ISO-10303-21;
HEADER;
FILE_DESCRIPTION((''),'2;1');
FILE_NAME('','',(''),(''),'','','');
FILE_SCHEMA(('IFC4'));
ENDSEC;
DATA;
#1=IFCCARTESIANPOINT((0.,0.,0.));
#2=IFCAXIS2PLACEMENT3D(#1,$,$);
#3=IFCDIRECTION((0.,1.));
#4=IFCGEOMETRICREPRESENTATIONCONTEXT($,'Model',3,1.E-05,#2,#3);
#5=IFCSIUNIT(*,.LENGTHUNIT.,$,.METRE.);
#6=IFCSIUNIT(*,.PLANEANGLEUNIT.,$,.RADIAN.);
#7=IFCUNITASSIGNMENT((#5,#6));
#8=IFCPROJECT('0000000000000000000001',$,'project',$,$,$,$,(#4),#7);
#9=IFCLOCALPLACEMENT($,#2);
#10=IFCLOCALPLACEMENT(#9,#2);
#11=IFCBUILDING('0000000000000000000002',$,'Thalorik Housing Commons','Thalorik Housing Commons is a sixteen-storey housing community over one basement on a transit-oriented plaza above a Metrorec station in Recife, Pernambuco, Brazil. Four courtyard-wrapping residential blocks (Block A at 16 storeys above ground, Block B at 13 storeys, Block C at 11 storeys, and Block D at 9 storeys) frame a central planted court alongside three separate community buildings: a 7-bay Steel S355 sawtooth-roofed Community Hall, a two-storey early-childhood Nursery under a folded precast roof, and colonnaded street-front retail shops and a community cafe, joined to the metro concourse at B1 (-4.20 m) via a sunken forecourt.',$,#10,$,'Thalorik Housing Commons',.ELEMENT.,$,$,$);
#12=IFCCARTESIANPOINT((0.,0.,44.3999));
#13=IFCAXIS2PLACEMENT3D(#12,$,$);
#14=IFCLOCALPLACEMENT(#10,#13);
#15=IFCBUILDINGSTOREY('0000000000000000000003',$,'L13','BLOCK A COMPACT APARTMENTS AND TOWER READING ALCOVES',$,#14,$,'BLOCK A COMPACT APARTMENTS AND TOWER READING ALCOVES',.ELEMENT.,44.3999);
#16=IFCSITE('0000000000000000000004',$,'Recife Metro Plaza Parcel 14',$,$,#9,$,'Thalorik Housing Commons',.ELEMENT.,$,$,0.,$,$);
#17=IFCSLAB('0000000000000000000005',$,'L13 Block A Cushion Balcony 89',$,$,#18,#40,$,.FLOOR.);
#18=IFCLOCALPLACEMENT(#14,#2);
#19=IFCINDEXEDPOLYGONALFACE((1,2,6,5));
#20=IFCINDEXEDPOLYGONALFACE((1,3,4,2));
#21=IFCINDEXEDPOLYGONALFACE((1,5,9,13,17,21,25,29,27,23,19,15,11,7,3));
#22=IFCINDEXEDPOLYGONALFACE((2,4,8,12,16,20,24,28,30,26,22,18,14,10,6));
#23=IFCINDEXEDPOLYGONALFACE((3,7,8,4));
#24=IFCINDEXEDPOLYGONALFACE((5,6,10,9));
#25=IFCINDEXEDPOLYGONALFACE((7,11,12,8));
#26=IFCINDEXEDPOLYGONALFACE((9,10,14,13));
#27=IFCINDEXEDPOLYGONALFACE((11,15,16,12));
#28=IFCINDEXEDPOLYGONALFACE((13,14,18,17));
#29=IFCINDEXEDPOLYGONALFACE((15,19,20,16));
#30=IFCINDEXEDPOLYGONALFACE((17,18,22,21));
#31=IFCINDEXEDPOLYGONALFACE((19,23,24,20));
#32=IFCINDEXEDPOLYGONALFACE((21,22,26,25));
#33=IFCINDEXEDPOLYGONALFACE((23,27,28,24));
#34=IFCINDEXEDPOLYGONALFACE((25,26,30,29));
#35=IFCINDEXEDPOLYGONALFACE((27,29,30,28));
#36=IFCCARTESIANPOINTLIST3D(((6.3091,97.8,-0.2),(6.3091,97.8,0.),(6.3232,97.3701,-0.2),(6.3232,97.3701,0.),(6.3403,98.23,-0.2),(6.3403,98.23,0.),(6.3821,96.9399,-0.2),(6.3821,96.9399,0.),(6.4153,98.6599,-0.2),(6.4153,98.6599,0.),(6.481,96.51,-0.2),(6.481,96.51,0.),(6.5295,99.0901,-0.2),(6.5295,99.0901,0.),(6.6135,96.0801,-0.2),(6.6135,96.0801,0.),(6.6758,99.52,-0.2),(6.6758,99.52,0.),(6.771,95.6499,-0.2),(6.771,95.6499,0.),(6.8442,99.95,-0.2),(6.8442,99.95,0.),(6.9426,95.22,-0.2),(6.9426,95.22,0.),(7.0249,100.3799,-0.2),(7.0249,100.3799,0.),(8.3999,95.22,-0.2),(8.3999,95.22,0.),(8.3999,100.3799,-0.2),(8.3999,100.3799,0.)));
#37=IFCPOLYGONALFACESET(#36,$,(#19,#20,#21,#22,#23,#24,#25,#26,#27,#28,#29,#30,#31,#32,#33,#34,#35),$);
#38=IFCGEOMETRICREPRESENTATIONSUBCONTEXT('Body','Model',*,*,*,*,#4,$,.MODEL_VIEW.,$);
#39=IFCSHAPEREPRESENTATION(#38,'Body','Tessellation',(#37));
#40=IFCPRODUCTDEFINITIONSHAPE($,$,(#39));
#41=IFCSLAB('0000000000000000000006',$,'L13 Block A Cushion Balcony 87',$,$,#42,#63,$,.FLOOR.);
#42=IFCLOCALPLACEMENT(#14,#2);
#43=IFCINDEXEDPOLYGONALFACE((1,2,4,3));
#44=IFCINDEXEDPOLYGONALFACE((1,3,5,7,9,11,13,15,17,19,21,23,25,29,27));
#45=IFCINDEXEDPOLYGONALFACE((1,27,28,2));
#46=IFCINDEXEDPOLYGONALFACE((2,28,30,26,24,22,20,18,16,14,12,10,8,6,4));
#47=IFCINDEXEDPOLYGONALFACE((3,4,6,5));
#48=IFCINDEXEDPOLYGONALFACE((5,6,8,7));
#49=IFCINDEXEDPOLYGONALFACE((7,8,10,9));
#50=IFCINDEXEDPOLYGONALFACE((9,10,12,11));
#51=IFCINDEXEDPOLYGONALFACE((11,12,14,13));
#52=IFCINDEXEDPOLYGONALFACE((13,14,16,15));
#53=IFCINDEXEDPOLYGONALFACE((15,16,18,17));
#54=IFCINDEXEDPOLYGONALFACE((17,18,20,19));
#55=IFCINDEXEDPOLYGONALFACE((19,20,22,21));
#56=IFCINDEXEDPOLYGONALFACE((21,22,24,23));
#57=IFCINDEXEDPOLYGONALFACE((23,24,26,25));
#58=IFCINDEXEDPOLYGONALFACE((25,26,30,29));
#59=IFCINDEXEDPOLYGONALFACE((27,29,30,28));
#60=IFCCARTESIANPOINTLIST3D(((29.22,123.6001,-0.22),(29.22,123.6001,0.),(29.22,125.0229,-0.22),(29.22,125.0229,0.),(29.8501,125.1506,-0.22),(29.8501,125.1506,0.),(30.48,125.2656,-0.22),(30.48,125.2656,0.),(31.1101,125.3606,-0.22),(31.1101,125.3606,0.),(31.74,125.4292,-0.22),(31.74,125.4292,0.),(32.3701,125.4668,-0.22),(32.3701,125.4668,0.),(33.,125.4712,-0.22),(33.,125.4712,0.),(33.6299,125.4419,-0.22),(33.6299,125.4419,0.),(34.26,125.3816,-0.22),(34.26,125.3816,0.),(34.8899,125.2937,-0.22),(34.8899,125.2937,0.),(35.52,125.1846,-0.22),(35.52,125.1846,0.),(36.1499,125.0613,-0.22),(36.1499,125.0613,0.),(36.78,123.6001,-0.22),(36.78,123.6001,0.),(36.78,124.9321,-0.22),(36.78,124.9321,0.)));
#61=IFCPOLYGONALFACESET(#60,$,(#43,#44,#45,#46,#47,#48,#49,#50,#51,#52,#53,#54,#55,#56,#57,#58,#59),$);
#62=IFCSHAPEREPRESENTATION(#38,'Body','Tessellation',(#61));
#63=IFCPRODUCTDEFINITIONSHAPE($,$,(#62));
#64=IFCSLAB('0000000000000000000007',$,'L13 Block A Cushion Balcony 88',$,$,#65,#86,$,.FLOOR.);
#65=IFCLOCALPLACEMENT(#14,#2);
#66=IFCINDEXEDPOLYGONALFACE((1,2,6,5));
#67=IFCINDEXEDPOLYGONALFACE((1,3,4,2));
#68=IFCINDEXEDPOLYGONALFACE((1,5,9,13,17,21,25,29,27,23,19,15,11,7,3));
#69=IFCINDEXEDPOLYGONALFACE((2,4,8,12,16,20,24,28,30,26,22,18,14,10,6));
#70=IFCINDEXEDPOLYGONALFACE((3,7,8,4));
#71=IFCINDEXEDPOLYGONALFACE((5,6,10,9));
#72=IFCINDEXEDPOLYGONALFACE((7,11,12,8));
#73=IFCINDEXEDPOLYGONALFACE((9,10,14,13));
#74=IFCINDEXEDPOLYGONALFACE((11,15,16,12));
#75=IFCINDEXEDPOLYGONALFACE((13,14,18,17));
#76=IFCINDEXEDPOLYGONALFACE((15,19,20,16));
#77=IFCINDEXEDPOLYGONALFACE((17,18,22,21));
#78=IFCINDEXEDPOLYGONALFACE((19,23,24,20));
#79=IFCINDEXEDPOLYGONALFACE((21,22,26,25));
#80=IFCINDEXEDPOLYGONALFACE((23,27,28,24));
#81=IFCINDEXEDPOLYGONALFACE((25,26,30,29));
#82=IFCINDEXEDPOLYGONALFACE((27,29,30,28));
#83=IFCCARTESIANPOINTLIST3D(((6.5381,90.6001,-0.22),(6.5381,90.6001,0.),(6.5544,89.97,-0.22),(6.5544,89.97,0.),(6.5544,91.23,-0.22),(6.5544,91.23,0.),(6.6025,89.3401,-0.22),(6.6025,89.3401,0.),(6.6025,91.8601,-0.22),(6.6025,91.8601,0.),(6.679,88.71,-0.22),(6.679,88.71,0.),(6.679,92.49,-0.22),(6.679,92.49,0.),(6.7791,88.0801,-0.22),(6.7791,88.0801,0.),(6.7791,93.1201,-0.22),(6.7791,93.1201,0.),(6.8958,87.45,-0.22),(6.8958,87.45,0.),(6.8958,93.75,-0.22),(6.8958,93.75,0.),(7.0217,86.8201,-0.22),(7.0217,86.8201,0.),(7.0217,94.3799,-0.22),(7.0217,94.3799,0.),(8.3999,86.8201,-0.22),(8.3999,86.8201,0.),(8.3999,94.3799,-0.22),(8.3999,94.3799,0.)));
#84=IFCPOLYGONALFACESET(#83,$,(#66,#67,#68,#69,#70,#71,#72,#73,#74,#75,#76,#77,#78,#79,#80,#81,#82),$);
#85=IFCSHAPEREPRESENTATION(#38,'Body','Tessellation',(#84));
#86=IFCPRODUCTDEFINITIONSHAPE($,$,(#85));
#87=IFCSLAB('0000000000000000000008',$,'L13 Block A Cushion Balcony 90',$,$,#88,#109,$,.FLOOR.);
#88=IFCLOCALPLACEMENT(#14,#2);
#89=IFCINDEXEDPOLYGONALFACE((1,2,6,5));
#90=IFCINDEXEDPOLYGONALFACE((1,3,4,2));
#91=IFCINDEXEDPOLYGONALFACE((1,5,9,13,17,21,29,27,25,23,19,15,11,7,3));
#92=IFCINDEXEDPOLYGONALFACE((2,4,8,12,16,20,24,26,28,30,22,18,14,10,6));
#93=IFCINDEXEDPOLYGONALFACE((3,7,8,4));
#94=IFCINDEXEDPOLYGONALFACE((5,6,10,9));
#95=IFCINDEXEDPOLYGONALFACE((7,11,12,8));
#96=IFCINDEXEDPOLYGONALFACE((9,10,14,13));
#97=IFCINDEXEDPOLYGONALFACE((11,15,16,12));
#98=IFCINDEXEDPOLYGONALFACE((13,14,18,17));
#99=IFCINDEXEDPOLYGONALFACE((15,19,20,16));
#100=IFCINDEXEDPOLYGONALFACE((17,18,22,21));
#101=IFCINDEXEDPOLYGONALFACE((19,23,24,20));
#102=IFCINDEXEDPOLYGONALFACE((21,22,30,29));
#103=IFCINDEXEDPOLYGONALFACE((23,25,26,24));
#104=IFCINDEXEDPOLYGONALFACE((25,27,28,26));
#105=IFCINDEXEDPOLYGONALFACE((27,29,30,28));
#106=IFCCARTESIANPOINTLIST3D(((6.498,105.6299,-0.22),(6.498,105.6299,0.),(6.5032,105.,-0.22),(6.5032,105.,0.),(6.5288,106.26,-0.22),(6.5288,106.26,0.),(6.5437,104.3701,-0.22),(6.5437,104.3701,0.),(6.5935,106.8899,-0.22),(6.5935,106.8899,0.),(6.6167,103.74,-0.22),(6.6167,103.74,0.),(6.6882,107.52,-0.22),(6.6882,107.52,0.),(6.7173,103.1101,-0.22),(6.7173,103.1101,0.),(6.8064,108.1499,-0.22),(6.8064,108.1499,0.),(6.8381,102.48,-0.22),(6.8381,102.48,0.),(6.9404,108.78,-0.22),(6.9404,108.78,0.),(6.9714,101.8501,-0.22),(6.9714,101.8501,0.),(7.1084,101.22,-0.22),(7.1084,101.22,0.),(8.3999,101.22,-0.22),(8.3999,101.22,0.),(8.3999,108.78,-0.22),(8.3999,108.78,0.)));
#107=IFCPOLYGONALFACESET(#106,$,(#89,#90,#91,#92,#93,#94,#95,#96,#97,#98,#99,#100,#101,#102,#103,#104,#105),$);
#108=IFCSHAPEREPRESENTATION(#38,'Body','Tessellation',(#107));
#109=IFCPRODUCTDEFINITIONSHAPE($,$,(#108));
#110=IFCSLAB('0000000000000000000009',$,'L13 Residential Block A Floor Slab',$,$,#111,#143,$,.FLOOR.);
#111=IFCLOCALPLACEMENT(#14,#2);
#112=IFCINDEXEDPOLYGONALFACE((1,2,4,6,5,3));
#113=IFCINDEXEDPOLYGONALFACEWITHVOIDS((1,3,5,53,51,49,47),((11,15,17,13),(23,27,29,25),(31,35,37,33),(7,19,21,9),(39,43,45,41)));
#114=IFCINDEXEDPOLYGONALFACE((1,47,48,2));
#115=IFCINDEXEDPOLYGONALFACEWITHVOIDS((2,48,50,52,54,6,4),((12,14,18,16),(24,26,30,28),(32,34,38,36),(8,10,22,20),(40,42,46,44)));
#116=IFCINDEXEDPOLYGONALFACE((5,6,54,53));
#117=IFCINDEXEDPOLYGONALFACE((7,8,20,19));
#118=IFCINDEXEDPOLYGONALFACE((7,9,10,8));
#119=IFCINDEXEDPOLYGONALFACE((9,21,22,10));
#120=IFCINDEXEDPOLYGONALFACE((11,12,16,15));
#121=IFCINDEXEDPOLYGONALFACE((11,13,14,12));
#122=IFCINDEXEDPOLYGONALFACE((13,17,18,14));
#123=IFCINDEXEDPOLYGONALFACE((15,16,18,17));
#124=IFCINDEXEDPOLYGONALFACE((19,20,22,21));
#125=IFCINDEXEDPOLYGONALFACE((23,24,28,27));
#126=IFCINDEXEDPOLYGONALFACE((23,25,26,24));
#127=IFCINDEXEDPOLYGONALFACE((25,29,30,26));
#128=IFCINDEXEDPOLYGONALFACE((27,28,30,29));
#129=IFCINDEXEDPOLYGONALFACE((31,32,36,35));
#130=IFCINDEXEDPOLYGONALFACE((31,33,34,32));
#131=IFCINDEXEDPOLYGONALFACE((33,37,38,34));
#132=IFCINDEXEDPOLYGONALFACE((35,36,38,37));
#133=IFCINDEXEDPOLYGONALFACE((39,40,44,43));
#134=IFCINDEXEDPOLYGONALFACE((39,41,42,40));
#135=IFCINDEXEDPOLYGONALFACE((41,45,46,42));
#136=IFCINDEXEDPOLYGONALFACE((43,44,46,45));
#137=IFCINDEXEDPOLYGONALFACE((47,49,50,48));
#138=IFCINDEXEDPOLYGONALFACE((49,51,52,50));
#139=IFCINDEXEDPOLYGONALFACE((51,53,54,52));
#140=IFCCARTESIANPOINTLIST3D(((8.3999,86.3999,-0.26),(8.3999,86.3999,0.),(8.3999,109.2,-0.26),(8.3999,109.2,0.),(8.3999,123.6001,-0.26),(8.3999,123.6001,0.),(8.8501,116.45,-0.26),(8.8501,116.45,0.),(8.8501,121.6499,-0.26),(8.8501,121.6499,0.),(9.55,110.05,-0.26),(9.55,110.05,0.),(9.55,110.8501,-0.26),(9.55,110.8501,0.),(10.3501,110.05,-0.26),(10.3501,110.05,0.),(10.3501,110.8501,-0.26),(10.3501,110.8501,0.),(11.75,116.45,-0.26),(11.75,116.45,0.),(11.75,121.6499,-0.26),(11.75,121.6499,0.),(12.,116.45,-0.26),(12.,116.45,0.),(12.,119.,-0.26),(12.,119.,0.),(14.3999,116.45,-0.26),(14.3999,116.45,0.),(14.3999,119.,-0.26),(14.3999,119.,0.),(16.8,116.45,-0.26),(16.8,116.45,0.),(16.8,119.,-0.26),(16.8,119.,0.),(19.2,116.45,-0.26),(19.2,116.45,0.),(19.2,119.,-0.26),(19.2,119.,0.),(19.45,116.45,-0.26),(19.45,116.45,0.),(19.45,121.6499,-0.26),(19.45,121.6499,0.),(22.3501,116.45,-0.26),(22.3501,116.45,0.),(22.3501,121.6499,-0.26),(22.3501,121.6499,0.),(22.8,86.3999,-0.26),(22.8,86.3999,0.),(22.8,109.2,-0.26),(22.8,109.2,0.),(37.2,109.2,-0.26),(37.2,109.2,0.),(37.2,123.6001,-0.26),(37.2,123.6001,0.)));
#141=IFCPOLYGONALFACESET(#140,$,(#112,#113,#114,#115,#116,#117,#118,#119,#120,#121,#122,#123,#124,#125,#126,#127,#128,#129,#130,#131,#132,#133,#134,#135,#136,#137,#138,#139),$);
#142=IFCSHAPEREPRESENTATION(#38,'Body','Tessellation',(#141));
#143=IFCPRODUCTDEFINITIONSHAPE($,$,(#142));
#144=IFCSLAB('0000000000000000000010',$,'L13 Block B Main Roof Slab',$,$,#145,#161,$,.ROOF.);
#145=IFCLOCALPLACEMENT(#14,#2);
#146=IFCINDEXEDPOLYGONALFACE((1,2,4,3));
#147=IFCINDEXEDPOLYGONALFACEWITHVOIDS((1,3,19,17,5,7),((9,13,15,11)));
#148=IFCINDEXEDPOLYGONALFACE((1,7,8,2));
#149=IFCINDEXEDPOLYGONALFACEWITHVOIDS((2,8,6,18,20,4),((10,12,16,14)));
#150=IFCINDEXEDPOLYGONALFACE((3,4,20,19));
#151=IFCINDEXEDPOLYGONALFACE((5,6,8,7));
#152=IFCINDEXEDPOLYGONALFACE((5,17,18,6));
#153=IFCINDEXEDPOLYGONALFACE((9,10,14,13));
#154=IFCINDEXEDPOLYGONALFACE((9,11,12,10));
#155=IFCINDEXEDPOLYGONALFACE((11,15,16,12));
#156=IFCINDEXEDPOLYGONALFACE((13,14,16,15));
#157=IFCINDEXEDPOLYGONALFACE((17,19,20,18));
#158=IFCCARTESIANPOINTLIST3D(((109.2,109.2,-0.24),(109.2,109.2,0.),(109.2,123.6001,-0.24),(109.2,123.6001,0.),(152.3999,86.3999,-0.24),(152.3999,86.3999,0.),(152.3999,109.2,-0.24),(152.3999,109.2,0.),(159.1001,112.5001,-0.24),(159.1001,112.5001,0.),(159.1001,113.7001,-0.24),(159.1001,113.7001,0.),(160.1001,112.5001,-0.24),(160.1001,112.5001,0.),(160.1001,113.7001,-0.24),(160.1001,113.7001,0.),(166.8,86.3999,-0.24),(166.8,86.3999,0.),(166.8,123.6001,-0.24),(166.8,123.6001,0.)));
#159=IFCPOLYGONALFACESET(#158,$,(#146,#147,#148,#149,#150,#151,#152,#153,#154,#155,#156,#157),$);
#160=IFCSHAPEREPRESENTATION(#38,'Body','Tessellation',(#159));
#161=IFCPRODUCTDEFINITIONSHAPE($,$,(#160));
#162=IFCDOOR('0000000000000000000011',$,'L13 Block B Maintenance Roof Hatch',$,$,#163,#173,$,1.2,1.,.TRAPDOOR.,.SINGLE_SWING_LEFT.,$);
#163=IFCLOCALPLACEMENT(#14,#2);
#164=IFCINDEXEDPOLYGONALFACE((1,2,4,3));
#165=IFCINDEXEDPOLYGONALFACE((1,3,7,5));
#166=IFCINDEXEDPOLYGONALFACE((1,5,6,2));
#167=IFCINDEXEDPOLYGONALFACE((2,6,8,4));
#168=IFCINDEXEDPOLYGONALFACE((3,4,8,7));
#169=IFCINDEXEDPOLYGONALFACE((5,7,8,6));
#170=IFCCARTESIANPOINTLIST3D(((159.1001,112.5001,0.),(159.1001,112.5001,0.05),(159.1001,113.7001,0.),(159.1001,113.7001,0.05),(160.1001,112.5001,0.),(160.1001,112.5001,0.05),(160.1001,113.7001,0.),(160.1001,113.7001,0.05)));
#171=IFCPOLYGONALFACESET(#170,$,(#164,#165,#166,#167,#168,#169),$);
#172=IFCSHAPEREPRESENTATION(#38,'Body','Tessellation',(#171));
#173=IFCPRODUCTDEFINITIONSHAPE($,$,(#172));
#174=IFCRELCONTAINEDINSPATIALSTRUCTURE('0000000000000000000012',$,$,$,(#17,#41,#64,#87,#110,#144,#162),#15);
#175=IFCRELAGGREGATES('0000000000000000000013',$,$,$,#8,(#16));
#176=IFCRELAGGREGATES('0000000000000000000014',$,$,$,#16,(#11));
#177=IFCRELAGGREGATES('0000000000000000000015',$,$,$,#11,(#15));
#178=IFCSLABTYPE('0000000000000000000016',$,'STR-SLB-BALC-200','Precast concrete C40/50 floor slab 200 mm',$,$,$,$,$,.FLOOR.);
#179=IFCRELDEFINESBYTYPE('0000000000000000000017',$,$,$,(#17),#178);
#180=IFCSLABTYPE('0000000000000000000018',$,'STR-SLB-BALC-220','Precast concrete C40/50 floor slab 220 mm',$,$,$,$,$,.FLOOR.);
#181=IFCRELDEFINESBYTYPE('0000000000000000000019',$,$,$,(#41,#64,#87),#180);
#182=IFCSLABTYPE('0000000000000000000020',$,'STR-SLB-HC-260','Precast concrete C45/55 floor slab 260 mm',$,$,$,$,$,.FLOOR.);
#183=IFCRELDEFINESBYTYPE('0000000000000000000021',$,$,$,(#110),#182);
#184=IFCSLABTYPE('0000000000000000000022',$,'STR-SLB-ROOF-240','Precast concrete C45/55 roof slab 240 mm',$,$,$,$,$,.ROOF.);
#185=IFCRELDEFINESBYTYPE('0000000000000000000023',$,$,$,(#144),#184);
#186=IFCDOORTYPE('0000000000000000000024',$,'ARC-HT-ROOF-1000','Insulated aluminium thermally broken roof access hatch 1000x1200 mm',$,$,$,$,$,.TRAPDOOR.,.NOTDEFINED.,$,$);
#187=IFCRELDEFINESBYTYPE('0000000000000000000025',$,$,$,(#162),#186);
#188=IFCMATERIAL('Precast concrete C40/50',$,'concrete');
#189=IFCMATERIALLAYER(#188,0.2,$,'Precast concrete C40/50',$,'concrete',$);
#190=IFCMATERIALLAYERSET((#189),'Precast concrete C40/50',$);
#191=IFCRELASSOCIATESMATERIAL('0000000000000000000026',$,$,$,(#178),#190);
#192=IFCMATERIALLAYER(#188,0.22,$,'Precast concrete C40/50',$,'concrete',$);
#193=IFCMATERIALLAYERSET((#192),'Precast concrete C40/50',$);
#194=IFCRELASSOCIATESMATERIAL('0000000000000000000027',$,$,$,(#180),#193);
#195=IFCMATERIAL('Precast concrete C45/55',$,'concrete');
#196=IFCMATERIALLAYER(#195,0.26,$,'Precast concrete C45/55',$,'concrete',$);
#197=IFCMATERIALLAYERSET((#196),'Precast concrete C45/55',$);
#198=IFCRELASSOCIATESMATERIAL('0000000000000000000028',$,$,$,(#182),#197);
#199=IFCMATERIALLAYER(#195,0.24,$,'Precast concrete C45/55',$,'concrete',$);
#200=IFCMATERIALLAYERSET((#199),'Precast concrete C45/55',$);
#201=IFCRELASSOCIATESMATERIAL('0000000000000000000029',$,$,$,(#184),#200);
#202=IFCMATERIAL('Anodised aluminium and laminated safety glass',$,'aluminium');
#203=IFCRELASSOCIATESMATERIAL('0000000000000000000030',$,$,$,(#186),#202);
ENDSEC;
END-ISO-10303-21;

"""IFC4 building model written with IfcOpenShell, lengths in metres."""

from ifc_helpers import new_model, si_unit, direction, frame, origin, origin_2d, place, context, subcontext, project, spatial, polyline, rectangle, outline, extrude, material, layer, layer_set, type_object, element, fill, save


model = new_model("IFC4")

# Units and contexts
model_context = context("Model", 3, precision=1e-05, world=origin(), true_north=direction((0.0, 1.0)))
body_context = subcontext(model_context, "Body", "Model", "MODEL_VIEW")
ifc_project = project(units=[si_unit("LENGTHUNIT", "METRE"), si_unit("PLANEANGLEUNIT", "RADIAN")], contexts=[model_context])

# Site, building, storey
site_placement = place(None, origin())
site = spatial("IfcSite", under=ifc_project, at=site_placement, Name="Recife Metro Plaza Parcel 14", LongName="Thalorik Housing Commons", CompositionType="ELEMENT", RefElevation=0.0)
building_placement = place(site_placement, origin())
building = spatial("IfcBuilding", under=site, at=building_placement, Name="Thalorik Housing Commons", Description="Thalorik Housing Commons is a sixteen-storey housing community over one basement on a transit-oriented plaza above a Metrorec station in Recife, Pernambuco, Brazil. Four courtyard-wrapping residential blocks (Block A at 16 storeys above ground, Block B at 13 storeys, Block C at 11 storeys, and Block D at 9 storeys) frame a central planted court alongside three separate community buildings: a 7-bay Steel S355 sawtooth-roofed Community Hall, a two-storey early-childhood Nursery under a folded precast roof, and colonnaded street-front retail shops and a community cafe, joined to the metro concourse at B1 (-4.20 m) via a sunken forecourt.", LongName="Thalorik Housing Commons", CompositionType="ELEMENT")
storey_placement = place(building_placement, frame((0.0, 0.0, 44.3999)))
storey = spatial("IfcBuildingStorey", under=building, at=storey_placement, Name="L13", Description="BLOCK A COMPACT APARTMENTS AND TOWER READING ALCOVES", LongName="BLOCK A COMPACT APARTMENTS AND TOWER READING ALCOVES", CompositionType="ELEMENT", Elevation=44.3999)

# Shared definitions
ifc_material_1 = material(Name="Precast concrete C40/50", Category="concrete")

# Slabs
ifc_layer_1 = layer(ifc_material_1, 0.2, Name="Precast concrete C40/50", Category="concrete")
ifc_layer_set_1 = layer_set([ifc_layer_1], Name="Precast concrete C40/50")
slab_type_1 = type_object("IfcSlabType", Name="STR-SLB-BALC-200", Description="Precast concrete C40/50 floor slab 200 mm", PredefinedType="FLOOR", material=ifc_layer_set_1)
slab_1_placement = place(storey_placement, frame((0.0, 0.0, -0.2)))
element("IfcSlab", 1, at=slab_1_placement, inside=storey, type_object=slab_type_1, Name="L13 Block A Cushion Balcony 89", PredefinedType="FLOOR", context=body_context, shape_type="SweptSolid", body=[
    extrude(outline(polyline([(8.3999, 95.22), (8.3999, 100.3799), (7.0249, 100.3799), (6.8442, 99.95), (6.6758, 99.52), (6.5295, 99.0901), (6.4153, 98.6599), (6.3403, 98.23), (6.3091, 97.8), (6.3232, 97.3701), (6.3821, 96.9399), (6.481, 96.51), (6.6135, 96.0801), (6.771, 95.6499), (6.9426, 95.22), (8.3999, 95.22)])), origin(), (0.0, 0.0, 1.0), 0.2),
])
ifc_layer_2 = layer(ifc_material_1, 0.22, Name="Precast concrete C40/50", Category="concrete")
ifc_layer_set_2 = layer_set([ifc_layer_2], Name="Precast concrete C40/50")
slab_type_2 = type_object("IfcSlabType", Name="STR-SLB-BALC-220", Description="Precast concrete C40/50 floor slab 220 mm", PredefinedType="FLOOR", material=ifc_layer_set_2)
slab_2_placement = place(storey_placement, frame((0.0, 0.0, -0.22)))
element("IfcSlab", 2, at=slab_2_placement, inside=storey, type_object=slab_type_2, Name="L13 Block A Cushion Balcony 87", PredefinedType="FLOOR", context=body_context, shape_type="SweptSolid", body=[
    extrude(outline(polyline([(29.22, 123.6001), (36.78, 123.6001), (36.78, 124.9321), (36.1499, 125.0613), (35.52, 125.1846), (34.8899, 125.2937), (34.26, 125.3816), (33.6299, 125.4419), (33.0, 125.4712), (32.3701, 125.4668), (31.74, 125.4292), (31.1101, 125.3606), (30.48, 125.2656), (29.8501, 125.1506), (29.22, 125.0229), (29.22, 123.6001)])), origin(), (0.0, 0.0, 1.0), 0.22),
])
slab_3_placement = place(storey_placement, frame((0.0, 0.0, -0.22)))
element("IfcSlab", 3, at=slab_3_placement, inside=storey, type_object=slab_type_2, Name="L13 Block A Cushion Balcony 88", PredefinedType="FLOOR", context=body_context, shape_type="SweptSolid", body=[
    extrude(outline(polyline([(8.3999, 86.8201), (8.3999, 94.3799), (7.0217, 94.3799), (6.8958, 93.75), (6.7791, 93.1201), (6.679, 92.49), (6.6025, 91.8601), (6.5544, 91.23), (6.5381, 90.6001), (6.5544, 89.97), (6.6025, 89.3401), (6.679, 88.71), (6.7791, 88.0801), (6.8958, 87.45), (7.0217, 86.8201), (8.3999, 86.8201)])), origin(), (0.0, 0.0, 1.0), 0.22),
])
slab_4_placement = place(storey_placement, frame((0.0, 0.0, -0.22)))
element("IfcSlab", 4, at=slab_4_placement, inside=storey, type_object=slab_type_2, Name="L13 Block A Cushion Balcony 90", PredefinedType="FLOOR", context=body_context, shape_type="SweptSolid", body=[
    extrude(outline(polyline([(8.3999, 101.22), (8.3999, 108.78), (6.9404, 108.78), (6.8064, 108.1499), (6.6882, 107.52), (6.5935, 106.8899), (6.5288, 106.26), (6.498, 105.6299), (6.5032, 105.0), (6.5437, 104.3701), (6.6167, 103.74), (6.7173, 103.1101), (6.8381, 102.48), (6.9714, 101.8501), (7.1084, 101.22), (8.3999, 101.22)])), origin(), (0.0, 0.0, 1.0), 0.22),
])
ifc_material_2 = material(Name="Precast concrete C45/55", Category="concrete")
ifc_layer_3 = layer(ifc_material_2, 0.26, Name="Precast concrete C45/55", Category="concrete")
ifc_layer_set_3 = layer_set([ifc_layer_3], Name="Precast concrete C45/55")
slab_type_3 = type_object("IfcSlabType", Name="STR-SLB-HC-260", Description="Precast concrete C45/55 floor slab 260 mm", PredefinedType="FLOOR", material=ifc_layer_set_3)
slab_5_placement = place(storey_placement, frame((0.0, 0.0, -0.26)))
element("IfcSlab", 5, at=slab_5_placement, inside=storey, type_object=slab_type_3, Name="L13 Residential Block A Floor Slab", PredefinedType="FLOOR", context=body_context, shape_type="SweptSolid", body=[
    extrude(outline(polyline([(8.3999, 123.6001), (8.3999, 109.2), (8.3999, 86.3999), (22.8, 86.3999), (22.8, 109.2), (37.2, 109.2), (37.2, 123.6001), (8.3999, 123.6001)]), holes=[polyline([(8.8501, 121.6499), (11.75, 121.6499), (11.75, 116.45), (8.8501, 116.45), (8.8501, 121.6499)]), polyline([(22.3501, 121.6499), (22.3501, 116.45), (19.45, 116.45), (19.45, 121.6499), (22.3501, 121.6499)]), polyline([(14.3999, 119.0), (14.3999, 116.45), (12.0, 116.45), (12.0, 119.0), (14.3999, 119.0)]), polyline([(19.2, 116.45), (16.8, 116.45), (16.8, 119.0), (19.2, 119.0), (19.2, 116.45)]), polyline([(9.55, 110.05), (9.55, 110.8501), (10.3501, 110.8501), (10.3501, 110.05), (9.55, 110.05)])]), origin(), (0.0, 0.0, 1.0), 0.26),
])

# Slab, opening, door
ifc_layer_4 = layer(ifc_material_2, 0.24, Name="Precast concrete C45/55", Category="concrete")
ifc_layer_set_4 = layer_set([ifc_layer_4], Name="Precast concrete C45/55")
slab_type_4 = type_object("IfcSlabType", Name="STR-SLB-ROOF-240", Description="Precast concrete C45/55 roof slab 240 mm", PredefinedType="ROOF", material=ifc_layer_set_4)
slab_6_placement = place(storey_placement, frame((0.0, 0.0, -0.24)))
slab_6 = element("IfcSlab", 6, at=slab_6_placement, inside=storey, type_object=slab_type_4, Name="L13 Block B Main Roof Slab", PredefinedType="ROOF", context=body_context, shape_type="SweptSolid", body=[
    extrude(outline(polyline([(166.8, 109.2), (166.8, 123.6001), (109.2, 123.6001), (109.2, 109.2), (152.3999, 109.2), (152.3999, 86.3999), (166.8, 86.3999), (166.8, 109.2)])), origin(), (0.0, 0.0, 1.0), 0.24),
])
opening_1_placement = place(slab_6_placement, frame((159.6001, 113.1001, -0.01)))
opening_1 = element("IfcOpeningElement", 7, at=opening_1_placement, cuts=slab_6, PredefinedType="OPENING", context=body_context, shape_type="SweptSolid", body=[
    extrude(rectangle(XDim=1.0, YDim=1.2, at=origin_2d()), origin(), (0.0, 0.0, 1.0), 0.3101),
])
ifc_material_3 = material(Name="Anodised aluminium and laminated safety glass", Category="aluminium")
door_type = type_object("IfcDoorType", Name="ARC-HT-ROOF-1000", Description="Insulated aluminium thermally broken roof access hatch 1000x1200 mm", OperationType="NOTDEFINED", PredefinedType="TRAPDOOR", material=ifc_material_3)
door_placement = place(opening_1_placement, frame((0.0, 0.0, 0.25)))
door = element("IfcDoor", 8, at=door_placement, inside=storey, type_object=door_type, Name="L13 Block B Maintenance Roof Hatch", OperationType="SINGLE_SWING_LEFT", OverallHeight=1.2, OverallWidth=1.0, PredefinedType="TRAPDOOR", context=body_context, shape_type="SweptSolid", body=[
    extrude(rectangle(XDim=1.0, YDim=1.2, at=origin_2d()), origin(), (0.0, 0.0, 1.0), 0.05),
])
fill(opening_1, door)

save(model, "model.ifc")
